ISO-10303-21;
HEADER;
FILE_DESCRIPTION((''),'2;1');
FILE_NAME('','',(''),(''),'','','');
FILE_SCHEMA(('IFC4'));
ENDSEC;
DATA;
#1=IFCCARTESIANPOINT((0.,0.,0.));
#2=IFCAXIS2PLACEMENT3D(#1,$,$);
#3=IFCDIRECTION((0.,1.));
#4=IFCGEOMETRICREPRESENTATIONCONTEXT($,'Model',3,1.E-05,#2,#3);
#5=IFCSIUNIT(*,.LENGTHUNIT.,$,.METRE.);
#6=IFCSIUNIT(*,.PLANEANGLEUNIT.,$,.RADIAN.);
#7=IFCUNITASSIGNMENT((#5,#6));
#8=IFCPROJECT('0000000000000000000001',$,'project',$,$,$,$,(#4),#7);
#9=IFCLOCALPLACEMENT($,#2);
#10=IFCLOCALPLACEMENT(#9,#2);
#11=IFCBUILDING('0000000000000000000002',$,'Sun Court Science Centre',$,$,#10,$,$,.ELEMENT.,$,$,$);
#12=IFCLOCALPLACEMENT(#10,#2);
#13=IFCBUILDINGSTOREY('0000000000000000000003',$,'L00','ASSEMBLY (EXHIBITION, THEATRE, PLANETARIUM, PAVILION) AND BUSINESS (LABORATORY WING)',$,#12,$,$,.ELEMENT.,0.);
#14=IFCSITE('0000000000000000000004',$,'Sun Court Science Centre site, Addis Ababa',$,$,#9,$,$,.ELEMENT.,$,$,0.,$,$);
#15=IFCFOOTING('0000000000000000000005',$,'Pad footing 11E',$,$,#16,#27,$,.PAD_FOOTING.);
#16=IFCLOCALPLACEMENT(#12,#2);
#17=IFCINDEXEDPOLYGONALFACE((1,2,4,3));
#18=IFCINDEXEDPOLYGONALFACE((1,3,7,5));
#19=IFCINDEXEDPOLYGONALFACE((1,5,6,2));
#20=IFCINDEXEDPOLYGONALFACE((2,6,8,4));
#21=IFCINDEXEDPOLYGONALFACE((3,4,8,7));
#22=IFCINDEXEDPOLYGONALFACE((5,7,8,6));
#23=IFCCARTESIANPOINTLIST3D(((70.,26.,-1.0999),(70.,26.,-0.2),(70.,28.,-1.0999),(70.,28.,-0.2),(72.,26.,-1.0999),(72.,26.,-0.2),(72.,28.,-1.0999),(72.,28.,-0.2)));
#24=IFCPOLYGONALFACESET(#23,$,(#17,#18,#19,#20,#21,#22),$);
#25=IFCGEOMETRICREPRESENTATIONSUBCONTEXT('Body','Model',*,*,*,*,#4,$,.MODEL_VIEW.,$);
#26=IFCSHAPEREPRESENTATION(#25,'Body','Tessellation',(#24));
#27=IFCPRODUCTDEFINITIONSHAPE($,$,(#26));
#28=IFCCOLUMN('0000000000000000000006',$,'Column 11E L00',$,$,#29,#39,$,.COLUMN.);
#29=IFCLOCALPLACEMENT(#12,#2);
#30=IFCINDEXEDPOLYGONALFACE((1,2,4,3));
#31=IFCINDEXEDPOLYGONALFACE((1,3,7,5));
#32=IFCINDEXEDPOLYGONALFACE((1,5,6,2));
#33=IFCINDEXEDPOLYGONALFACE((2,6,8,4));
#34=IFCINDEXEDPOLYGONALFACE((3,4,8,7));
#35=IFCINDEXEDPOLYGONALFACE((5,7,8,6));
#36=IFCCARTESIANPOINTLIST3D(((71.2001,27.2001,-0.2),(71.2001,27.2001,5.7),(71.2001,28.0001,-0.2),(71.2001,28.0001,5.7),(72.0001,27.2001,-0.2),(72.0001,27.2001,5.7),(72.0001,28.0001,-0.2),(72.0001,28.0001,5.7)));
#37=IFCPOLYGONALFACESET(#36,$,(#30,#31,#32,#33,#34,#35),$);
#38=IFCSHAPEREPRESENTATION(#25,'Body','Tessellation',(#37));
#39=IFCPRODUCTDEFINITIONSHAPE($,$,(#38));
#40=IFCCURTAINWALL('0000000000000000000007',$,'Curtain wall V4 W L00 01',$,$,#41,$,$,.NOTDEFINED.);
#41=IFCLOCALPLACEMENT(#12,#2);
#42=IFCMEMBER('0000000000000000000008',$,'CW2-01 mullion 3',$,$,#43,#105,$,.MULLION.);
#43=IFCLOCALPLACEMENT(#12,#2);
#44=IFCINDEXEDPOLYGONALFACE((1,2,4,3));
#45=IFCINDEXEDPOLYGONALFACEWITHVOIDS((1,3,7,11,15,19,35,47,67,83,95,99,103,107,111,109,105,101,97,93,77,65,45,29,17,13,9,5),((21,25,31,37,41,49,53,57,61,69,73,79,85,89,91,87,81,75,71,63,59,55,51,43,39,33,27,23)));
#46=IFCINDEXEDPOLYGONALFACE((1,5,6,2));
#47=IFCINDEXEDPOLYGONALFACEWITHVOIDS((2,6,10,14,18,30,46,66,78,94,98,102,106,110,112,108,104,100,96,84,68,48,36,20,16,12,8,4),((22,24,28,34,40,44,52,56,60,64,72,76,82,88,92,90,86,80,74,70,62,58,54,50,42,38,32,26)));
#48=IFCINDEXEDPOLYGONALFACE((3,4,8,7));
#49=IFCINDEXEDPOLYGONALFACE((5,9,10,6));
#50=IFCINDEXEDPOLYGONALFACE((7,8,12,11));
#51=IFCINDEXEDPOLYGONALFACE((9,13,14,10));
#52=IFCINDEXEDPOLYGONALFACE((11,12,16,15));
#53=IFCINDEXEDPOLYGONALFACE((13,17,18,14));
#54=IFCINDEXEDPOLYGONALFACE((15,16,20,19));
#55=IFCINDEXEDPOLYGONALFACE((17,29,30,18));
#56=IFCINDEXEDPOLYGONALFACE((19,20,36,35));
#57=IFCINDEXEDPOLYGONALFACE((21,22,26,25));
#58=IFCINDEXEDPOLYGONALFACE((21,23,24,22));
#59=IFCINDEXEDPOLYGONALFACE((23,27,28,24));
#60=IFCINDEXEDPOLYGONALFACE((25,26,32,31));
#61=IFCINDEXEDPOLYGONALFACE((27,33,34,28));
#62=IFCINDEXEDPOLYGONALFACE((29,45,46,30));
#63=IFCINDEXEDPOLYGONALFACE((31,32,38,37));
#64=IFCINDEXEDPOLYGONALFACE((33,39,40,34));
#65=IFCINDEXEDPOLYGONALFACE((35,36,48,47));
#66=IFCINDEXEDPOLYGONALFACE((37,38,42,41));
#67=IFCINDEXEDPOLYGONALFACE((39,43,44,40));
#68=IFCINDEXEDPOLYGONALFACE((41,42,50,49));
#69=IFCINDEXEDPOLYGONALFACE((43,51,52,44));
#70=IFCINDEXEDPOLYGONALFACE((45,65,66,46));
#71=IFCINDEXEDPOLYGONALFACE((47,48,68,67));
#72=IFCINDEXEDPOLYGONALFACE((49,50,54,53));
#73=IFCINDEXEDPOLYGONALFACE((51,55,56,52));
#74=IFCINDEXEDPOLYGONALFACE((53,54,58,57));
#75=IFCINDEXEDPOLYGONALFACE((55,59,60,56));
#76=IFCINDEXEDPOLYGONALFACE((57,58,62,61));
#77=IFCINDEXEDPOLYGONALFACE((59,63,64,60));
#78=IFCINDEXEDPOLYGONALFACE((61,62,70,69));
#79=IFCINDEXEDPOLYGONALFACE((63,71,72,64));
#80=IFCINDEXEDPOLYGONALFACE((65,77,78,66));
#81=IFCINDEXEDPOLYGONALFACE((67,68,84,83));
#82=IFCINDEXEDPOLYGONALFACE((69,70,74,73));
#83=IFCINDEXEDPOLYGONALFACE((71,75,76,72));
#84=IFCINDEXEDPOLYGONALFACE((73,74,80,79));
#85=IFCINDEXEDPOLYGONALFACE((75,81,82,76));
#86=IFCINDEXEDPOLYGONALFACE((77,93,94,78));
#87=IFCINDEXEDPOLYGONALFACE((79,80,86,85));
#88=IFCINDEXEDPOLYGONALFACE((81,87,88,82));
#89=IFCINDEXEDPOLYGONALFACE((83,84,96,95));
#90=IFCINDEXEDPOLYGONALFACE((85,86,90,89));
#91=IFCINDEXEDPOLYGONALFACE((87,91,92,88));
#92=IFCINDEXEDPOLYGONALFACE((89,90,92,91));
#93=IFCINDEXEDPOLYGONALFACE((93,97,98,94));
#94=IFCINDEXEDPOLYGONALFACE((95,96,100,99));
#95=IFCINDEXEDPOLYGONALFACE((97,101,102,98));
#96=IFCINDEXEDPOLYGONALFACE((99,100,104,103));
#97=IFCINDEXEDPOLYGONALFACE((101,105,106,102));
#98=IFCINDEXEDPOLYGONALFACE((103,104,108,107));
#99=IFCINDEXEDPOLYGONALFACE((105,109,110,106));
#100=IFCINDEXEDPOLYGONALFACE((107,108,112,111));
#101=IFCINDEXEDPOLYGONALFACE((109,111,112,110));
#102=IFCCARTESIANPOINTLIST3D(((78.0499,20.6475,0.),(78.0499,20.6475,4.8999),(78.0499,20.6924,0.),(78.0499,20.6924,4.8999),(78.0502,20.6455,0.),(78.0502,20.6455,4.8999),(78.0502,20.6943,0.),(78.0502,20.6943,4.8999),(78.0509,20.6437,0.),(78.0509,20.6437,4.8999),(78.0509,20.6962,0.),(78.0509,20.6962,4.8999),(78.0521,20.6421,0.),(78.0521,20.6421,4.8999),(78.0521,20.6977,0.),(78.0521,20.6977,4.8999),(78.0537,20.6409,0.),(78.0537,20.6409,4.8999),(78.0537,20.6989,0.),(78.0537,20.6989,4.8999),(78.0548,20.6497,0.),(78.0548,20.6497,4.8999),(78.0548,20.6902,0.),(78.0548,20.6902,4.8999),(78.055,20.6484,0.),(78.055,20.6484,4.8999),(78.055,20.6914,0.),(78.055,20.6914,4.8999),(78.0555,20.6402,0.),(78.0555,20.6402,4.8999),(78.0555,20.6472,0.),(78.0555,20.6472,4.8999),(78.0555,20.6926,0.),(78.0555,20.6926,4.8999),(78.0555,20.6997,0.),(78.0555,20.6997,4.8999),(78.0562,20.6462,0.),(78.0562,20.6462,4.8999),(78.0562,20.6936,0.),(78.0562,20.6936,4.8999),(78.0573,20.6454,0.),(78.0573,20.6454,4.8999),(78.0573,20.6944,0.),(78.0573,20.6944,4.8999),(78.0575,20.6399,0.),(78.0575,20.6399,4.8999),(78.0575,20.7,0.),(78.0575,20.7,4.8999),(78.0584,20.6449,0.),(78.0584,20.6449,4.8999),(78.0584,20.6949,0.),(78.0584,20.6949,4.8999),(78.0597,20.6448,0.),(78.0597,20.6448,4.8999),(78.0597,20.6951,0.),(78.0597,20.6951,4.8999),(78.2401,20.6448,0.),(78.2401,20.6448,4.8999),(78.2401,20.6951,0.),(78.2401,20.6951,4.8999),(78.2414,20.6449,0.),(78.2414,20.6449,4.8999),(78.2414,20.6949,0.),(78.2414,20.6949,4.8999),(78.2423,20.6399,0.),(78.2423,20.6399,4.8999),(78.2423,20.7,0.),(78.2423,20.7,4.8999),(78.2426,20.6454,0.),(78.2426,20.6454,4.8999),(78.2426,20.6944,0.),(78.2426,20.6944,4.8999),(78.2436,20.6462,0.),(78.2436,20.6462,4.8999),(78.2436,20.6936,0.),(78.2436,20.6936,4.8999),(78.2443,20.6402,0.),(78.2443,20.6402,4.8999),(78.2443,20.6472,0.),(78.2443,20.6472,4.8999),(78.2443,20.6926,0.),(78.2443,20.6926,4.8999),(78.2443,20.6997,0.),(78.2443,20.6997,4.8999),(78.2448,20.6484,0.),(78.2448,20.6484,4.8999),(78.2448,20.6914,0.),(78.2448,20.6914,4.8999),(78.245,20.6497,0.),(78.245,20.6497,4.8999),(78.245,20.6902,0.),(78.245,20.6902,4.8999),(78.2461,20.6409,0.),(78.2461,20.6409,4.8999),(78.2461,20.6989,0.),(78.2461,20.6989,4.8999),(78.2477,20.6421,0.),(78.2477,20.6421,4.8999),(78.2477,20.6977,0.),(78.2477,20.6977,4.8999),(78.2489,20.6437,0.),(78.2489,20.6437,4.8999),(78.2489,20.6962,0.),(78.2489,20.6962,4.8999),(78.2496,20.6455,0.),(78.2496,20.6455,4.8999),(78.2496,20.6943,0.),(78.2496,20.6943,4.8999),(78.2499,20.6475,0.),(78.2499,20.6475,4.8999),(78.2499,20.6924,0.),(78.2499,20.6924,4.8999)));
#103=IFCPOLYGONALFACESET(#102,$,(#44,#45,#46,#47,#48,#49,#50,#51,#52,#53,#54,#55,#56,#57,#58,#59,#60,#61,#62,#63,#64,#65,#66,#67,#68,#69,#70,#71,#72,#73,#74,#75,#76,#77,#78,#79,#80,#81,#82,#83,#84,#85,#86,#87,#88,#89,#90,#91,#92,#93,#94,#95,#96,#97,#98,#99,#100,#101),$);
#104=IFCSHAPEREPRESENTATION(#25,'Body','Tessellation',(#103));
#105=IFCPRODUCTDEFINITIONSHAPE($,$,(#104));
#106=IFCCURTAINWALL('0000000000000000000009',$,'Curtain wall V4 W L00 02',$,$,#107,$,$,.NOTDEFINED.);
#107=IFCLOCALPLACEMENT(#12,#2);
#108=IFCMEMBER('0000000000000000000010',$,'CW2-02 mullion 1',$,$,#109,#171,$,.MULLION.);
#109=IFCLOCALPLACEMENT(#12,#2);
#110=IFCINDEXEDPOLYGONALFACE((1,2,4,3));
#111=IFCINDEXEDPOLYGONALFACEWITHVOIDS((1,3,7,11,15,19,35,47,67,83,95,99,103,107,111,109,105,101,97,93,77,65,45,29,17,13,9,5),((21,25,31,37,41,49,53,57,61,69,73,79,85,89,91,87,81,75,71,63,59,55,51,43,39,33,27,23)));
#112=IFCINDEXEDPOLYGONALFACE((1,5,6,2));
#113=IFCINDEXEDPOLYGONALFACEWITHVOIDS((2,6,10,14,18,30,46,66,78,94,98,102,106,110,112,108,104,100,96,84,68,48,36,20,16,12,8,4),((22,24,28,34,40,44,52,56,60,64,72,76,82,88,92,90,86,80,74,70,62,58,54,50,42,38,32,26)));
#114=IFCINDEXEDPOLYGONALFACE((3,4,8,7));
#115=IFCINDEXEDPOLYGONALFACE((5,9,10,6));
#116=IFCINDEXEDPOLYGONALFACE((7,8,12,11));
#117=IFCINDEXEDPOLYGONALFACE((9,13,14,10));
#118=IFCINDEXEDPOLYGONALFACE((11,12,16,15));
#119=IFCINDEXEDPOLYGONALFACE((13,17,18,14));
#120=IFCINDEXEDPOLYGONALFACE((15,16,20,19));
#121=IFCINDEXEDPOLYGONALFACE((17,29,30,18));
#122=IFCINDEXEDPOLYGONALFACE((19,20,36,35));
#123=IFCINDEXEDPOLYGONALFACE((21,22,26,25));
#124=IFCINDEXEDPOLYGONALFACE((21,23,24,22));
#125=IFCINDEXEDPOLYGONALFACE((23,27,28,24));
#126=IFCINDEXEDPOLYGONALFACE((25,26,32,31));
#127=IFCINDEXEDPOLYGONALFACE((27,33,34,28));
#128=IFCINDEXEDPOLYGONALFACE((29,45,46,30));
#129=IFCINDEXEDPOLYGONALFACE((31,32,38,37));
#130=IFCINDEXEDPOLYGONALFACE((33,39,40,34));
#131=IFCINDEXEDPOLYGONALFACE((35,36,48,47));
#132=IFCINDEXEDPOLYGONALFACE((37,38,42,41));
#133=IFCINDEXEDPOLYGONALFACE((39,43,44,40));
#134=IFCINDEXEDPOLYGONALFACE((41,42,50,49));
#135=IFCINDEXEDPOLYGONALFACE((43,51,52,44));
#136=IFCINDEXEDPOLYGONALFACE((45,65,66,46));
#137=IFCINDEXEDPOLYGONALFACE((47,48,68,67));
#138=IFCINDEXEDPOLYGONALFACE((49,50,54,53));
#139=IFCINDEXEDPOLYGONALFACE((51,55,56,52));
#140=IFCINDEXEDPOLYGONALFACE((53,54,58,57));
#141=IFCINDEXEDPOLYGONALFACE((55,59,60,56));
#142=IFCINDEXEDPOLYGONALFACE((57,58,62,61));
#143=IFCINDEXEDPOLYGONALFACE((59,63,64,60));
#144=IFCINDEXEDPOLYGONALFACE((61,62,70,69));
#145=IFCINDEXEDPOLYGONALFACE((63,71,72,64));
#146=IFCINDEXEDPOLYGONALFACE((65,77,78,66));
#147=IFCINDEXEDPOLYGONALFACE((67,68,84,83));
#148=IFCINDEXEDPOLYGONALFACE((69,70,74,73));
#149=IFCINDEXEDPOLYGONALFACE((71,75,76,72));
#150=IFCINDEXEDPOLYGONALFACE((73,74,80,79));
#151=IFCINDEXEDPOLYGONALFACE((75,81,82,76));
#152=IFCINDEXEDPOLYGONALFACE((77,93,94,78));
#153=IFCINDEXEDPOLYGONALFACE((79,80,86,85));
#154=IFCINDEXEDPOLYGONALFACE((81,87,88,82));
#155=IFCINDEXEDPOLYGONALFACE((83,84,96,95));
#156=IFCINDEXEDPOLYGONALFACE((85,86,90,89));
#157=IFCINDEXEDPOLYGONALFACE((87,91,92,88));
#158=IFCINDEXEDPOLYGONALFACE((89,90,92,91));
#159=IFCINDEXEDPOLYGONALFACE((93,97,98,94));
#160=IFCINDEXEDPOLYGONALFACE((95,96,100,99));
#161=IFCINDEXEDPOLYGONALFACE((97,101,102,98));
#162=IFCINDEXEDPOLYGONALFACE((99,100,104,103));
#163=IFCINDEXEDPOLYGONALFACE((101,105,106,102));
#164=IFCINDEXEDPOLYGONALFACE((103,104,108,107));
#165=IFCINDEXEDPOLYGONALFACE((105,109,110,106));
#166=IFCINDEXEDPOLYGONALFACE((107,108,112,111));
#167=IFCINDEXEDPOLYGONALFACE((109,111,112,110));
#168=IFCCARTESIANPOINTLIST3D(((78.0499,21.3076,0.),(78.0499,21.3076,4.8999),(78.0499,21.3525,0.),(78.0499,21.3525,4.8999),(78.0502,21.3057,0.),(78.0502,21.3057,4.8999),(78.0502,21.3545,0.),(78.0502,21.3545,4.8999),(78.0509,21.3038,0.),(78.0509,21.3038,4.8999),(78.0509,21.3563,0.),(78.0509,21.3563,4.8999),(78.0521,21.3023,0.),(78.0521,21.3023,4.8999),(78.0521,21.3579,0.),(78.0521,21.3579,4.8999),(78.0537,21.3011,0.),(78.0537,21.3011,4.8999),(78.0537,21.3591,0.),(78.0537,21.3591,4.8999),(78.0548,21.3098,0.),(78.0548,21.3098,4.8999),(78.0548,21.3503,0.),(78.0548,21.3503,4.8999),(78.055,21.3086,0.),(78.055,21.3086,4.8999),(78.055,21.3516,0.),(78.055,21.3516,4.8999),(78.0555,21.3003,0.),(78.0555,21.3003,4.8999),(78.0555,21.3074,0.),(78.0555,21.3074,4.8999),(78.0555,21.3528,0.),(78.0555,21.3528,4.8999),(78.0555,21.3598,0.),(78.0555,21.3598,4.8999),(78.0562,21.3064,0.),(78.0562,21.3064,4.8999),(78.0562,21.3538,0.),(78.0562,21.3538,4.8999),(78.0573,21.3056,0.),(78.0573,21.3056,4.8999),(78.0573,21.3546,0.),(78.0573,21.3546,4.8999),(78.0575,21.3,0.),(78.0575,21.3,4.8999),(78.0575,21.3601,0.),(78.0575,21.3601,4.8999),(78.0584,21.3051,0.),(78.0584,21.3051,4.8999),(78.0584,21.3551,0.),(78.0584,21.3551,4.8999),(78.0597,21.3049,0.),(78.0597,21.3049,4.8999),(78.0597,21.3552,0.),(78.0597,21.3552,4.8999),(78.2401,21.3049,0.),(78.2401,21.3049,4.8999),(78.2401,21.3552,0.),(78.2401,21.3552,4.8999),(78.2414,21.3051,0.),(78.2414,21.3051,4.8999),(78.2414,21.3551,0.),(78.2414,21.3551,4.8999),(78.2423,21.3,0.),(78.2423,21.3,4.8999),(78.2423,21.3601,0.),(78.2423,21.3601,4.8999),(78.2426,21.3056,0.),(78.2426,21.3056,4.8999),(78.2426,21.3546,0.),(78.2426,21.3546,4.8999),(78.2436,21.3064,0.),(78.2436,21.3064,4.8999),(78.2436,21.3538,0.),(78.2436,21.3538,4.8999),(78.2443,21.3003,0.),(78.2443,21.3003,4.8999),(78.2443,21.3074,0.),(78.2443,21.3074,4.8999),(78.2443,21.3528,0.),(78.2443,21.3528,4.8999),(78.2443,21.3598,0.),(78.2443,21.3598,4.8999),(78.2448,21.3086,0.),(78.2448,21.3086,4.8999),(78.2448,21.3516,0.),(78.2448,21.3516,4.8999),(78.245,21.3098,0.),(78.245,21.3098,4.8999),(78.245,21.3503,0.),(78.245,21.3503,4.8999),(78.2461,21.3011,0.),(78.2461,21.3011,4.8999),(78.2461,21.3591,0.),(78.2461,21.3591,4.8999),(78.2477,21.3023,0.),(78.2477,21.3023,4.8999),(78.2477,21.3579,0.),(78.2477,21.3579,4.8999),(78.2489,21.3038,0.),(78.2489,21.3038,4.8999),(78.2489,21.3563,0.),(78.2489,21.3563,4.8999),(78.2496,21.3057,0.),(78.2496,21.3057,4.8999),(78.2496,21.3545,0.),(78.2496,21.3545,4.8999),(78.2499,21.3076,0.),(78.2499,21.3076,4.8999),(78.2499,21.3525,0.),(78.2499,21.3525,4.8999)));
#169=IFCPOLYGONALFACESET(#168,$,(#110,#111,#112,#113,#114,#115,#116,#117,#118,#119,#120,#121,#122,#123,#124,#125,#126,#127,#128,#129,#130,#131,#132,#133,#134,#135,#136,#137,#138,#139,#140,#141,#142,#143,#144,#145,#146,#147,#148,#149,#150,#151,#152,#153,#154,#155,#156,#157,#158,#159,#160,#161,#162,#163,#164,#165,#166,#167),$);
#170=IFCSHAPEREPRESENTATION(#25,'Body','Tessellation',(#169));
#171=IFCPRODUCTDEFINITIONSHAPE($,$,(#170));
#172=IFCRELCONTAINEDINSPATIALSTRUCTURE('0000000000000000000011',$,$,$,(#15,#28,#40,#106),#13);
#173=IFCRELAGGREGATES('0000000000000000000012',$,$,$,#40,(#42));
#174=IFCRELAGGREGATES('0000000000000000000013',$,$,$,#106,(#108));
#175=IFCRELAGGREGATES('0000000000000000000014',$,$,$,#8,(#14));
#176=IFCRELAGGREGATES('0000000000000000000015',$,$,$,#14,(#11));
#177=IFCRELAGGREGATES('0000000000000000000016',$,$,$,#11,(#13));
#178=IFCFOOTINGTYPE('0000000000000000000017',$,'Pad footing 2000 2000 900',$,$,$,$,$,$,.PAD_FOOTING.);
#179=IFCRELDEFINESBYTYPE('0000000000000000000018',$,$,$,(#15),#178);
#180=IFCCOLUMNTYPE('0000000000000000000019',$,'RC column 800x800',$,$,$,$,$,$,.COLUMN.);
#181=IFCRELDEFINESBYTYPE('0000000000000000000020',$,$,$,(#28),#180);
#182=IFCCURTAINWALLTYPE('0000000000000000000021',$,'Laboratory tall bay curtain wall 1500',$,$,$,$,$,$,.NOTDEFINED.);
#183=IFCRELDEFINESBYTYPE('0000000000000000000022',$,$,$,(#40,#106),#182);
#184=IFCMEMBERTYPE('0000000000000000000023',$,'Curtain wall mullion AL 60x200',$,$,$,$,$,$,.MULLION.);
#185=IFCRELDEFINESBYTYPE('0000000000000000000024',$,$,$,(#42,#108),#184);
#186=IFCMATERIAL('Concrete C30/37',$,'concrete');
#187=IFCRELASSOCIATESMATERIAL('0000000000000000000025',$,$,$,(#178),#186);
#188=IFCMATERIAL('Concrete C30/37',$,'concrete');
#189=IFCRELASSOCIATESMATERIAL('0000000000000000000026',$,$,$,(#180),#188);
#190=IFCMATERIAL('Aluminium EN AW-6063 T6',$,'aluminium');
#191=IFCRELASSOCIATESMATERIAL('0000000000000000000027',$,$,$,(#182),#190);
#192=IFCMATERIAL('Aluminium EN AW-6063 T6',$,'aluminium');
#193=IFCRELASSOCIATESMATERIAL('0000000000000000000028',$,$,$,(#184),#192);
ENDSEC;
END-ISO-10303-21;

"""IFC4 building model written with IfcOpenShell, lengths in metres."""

from ifc_helpers import new_model, si_unit, direction, frame, origin, origin_2d, place, context, subcontext, project, spatial, rectangle, hollow_rectangle, extrude, material, material_profile, profile_set, type_object, element, aggregate, save


model = new_model("IFC4")

# Units and contexts
model_context = context("Model", 3, precision=1e-05, world=origin(), true_north=direction((0.0, 1.0)))
body_context = subcontext(model_context, "Body", "Model", "MODEL_VIEW")
ifc_project = project(units=[si_unit("LENGTHUNIT", "METRE"), si_unit("PLANEANGLEUNIT", "RADIAN")], contexts=[model_context])

# Site, building, storey
site_placement = place(None, origin())
site = spatial("IfcSite", under=ifc_project, at=site_placement, Name="Sun Court Science Centre site, Addis Ababa", CompositionType="ELEMENT", RefElevation=0.0)
building_placement = place(site_placement, origin())
building = spatial("IfcBuilding", under=site, at=building_placement, Name="Sun Court Science Centre", CompositionType="ELEMENT")
storey_placement = place(building_placement, origin())
storey = spatial("IfcBuildingStorey", under=building, at=storey_placement, Name="L00", Description="ASSEMBLY (EXHIBITION, THEATRE, PLANETARIUM, PAVILION) AND BUSINESS (LABORATORY WING)", CompositionType="ELEMENT", Elevation=0.0)

# Footing
ifc_material_1 = material(Name="Concrete C30/37", Category="concrete")
footing_type = type_object("IfcFootingType", Name="Pad footing 2000 2000 900", PredefinedType="PAD_FOOTING", material=ifc_material_1)
footing_placement = place(storey_placement, frame((71.0, 27.0, -1.0999), z_axis=(0.0, 0.0, 1.0), x_axis=(1.0, 0.0, 0.0)))
element("IfcFooting", 1, at=footing_placement, inside=storey, type_object=footing_type, Name="Pad footing 11E", PredefinedType="PAD_FOOTING", context=body_context, shape_type="SweptSolid", body=[
    extrude(rectangle(XDim=2.0, YDim=2.0, at=origin_2d()), origin(), (0.0, 0.0, 1.0), 0.8999),
])

# Column
ifc_material_2 = material(Name="Concrete C30/37", Category="concrete")
ifc_material_profile_1 = material_profile(ifc_material_2, rectangle(XDim=0.8, YDim=0.8, at=origin_2d()), Name="RC 800x800")
ifc_profile_set_1 = profile_set([ifc_material_profile_1], Name="Concrete C30/37")
column_type = type_object("IfcColumnType", Name="RC column 800x800", PredefinedType="COLUMN", material=ifc_profile_set_1)
column_placement = place(storey_placement, frame((71.6001, 27.6001, -0.2), z_axis=(0.0, 0.0, 1.0), x_axis=(1.0, 0.0, 0.0)))
element("IfcColumn", 2, at=column_placement, inside=storey, type_object=column_type, Name="Column 11E L00", PredefinedType="COLUMN", context=body_context, shape_type="SweptSolid", body=[
    extrude(rectangle(XDim=0.8, YDim=0.8, at=origin_2d()), origin(), (0.0, 0.0, 1.0), 5.8999),
])

# Curtain wall, member
ifc_material_3 = material(Name="Aluminium EN AW-6063 T6", Category="aluminium")
curtain_wall_type = type_object("IfcCurtainWallType", Name="Laboratory tall bay curtain wall 1500", PredefinedType="NOTDEFINED", material=ifc_material_3)
curtain_wall_1_placement = place(storey_placement, origin())
curtain_wall_1 = element("IfcCurtainWall", 3, at=curtain_wall_1_placement, inside=storey, type_object=curtain_wall_type, Name="Curtain wall V4 W L00 01", PredefinedType="NOTDEFINED")
ifc_material_4 = material(Name="Aluminium EN AW-6063 T6", Category="aluminium")
ifc_material_profile_2 = material_profile(ifc_material_4, hollow_rectangle(XDim=0.0601, YDim=0.2, WallThickness=0.0049, InnerFilletRadius=0.0049, OuterFilletRadius=0.0076, at=origin_2d()), Name="AL 60x200x5")
ifc_profile_set_2 = profile_set([ifc_material_profile_2], Name="Aluminium EN AW-6063 T6")
member_type_1 = type_object("IfcMemberType", Name="Curtain wall mullion AL 60x200", PredefinedType="MULLION", material=ifc_profile_set_2)
member_1_placement = place(storey_placement, frame((78.1499, 20.6699, 0.0), z_axis=(0.0, 0.0, 1.0), x_axis=(0.0, 1.0, 0.0)))
member_1 = element("IfcMember", 4, at=member_1_placement, type_object=member_type_1, Name="CW2-01 mullion 3", PredefinedType="MULLION", context=body_context, shape_type="SweptSolid", body=[
    extrude(hollow_rectangle(XDim=0.0601, YDim=0.2, WallThickness=0.0049, InnerFilletRadius=0.0049, OuterFilletRadius=0.0076, at=origin_2d()), origin(), (0.0, 0.0, 1.0), 4.8999),
])

# Curtain wall, member
curtain_wall_2_placement = place(storey_placement, origin())
curtain_wall_2 = element("IfcCurtainWall", 5, at=curtain_wall_2_placement, inside=storey, type_object=curtain_wall_type, Name="Curtain wall V4 W L00 02", PredefinedType="NOTDEFINED")
member_2_placement = place(storey_placement, frame((78.1499, 21.3301, 0.0), z_axis=(0.0, 0.0, 1.0), x_axis=(0.0, 1.0, 0.0)))
member_2 = element("IfcMember", 6, at=member_2_placement, type_object=member_type_1, Name="CW2-02 mullion 1", PredefinedType="MULLION", context=body_context, shape_type="SweptSolid", body=[
    extrude(hollow_rectangle(XDim=0.0601, YDim=0.2, WallThickness=0.0049, InnerFilletRadius=0.0049, OuterFilletRadius=0.0076, at=origin_2d()), origin(), (0.0, 0.0, 1.0), 4.8999),
])

aggregate(curtain_wall_1, [member_1])
aggregate(curtain_wall_2, [member_2])

save(model, "model.ifc")
